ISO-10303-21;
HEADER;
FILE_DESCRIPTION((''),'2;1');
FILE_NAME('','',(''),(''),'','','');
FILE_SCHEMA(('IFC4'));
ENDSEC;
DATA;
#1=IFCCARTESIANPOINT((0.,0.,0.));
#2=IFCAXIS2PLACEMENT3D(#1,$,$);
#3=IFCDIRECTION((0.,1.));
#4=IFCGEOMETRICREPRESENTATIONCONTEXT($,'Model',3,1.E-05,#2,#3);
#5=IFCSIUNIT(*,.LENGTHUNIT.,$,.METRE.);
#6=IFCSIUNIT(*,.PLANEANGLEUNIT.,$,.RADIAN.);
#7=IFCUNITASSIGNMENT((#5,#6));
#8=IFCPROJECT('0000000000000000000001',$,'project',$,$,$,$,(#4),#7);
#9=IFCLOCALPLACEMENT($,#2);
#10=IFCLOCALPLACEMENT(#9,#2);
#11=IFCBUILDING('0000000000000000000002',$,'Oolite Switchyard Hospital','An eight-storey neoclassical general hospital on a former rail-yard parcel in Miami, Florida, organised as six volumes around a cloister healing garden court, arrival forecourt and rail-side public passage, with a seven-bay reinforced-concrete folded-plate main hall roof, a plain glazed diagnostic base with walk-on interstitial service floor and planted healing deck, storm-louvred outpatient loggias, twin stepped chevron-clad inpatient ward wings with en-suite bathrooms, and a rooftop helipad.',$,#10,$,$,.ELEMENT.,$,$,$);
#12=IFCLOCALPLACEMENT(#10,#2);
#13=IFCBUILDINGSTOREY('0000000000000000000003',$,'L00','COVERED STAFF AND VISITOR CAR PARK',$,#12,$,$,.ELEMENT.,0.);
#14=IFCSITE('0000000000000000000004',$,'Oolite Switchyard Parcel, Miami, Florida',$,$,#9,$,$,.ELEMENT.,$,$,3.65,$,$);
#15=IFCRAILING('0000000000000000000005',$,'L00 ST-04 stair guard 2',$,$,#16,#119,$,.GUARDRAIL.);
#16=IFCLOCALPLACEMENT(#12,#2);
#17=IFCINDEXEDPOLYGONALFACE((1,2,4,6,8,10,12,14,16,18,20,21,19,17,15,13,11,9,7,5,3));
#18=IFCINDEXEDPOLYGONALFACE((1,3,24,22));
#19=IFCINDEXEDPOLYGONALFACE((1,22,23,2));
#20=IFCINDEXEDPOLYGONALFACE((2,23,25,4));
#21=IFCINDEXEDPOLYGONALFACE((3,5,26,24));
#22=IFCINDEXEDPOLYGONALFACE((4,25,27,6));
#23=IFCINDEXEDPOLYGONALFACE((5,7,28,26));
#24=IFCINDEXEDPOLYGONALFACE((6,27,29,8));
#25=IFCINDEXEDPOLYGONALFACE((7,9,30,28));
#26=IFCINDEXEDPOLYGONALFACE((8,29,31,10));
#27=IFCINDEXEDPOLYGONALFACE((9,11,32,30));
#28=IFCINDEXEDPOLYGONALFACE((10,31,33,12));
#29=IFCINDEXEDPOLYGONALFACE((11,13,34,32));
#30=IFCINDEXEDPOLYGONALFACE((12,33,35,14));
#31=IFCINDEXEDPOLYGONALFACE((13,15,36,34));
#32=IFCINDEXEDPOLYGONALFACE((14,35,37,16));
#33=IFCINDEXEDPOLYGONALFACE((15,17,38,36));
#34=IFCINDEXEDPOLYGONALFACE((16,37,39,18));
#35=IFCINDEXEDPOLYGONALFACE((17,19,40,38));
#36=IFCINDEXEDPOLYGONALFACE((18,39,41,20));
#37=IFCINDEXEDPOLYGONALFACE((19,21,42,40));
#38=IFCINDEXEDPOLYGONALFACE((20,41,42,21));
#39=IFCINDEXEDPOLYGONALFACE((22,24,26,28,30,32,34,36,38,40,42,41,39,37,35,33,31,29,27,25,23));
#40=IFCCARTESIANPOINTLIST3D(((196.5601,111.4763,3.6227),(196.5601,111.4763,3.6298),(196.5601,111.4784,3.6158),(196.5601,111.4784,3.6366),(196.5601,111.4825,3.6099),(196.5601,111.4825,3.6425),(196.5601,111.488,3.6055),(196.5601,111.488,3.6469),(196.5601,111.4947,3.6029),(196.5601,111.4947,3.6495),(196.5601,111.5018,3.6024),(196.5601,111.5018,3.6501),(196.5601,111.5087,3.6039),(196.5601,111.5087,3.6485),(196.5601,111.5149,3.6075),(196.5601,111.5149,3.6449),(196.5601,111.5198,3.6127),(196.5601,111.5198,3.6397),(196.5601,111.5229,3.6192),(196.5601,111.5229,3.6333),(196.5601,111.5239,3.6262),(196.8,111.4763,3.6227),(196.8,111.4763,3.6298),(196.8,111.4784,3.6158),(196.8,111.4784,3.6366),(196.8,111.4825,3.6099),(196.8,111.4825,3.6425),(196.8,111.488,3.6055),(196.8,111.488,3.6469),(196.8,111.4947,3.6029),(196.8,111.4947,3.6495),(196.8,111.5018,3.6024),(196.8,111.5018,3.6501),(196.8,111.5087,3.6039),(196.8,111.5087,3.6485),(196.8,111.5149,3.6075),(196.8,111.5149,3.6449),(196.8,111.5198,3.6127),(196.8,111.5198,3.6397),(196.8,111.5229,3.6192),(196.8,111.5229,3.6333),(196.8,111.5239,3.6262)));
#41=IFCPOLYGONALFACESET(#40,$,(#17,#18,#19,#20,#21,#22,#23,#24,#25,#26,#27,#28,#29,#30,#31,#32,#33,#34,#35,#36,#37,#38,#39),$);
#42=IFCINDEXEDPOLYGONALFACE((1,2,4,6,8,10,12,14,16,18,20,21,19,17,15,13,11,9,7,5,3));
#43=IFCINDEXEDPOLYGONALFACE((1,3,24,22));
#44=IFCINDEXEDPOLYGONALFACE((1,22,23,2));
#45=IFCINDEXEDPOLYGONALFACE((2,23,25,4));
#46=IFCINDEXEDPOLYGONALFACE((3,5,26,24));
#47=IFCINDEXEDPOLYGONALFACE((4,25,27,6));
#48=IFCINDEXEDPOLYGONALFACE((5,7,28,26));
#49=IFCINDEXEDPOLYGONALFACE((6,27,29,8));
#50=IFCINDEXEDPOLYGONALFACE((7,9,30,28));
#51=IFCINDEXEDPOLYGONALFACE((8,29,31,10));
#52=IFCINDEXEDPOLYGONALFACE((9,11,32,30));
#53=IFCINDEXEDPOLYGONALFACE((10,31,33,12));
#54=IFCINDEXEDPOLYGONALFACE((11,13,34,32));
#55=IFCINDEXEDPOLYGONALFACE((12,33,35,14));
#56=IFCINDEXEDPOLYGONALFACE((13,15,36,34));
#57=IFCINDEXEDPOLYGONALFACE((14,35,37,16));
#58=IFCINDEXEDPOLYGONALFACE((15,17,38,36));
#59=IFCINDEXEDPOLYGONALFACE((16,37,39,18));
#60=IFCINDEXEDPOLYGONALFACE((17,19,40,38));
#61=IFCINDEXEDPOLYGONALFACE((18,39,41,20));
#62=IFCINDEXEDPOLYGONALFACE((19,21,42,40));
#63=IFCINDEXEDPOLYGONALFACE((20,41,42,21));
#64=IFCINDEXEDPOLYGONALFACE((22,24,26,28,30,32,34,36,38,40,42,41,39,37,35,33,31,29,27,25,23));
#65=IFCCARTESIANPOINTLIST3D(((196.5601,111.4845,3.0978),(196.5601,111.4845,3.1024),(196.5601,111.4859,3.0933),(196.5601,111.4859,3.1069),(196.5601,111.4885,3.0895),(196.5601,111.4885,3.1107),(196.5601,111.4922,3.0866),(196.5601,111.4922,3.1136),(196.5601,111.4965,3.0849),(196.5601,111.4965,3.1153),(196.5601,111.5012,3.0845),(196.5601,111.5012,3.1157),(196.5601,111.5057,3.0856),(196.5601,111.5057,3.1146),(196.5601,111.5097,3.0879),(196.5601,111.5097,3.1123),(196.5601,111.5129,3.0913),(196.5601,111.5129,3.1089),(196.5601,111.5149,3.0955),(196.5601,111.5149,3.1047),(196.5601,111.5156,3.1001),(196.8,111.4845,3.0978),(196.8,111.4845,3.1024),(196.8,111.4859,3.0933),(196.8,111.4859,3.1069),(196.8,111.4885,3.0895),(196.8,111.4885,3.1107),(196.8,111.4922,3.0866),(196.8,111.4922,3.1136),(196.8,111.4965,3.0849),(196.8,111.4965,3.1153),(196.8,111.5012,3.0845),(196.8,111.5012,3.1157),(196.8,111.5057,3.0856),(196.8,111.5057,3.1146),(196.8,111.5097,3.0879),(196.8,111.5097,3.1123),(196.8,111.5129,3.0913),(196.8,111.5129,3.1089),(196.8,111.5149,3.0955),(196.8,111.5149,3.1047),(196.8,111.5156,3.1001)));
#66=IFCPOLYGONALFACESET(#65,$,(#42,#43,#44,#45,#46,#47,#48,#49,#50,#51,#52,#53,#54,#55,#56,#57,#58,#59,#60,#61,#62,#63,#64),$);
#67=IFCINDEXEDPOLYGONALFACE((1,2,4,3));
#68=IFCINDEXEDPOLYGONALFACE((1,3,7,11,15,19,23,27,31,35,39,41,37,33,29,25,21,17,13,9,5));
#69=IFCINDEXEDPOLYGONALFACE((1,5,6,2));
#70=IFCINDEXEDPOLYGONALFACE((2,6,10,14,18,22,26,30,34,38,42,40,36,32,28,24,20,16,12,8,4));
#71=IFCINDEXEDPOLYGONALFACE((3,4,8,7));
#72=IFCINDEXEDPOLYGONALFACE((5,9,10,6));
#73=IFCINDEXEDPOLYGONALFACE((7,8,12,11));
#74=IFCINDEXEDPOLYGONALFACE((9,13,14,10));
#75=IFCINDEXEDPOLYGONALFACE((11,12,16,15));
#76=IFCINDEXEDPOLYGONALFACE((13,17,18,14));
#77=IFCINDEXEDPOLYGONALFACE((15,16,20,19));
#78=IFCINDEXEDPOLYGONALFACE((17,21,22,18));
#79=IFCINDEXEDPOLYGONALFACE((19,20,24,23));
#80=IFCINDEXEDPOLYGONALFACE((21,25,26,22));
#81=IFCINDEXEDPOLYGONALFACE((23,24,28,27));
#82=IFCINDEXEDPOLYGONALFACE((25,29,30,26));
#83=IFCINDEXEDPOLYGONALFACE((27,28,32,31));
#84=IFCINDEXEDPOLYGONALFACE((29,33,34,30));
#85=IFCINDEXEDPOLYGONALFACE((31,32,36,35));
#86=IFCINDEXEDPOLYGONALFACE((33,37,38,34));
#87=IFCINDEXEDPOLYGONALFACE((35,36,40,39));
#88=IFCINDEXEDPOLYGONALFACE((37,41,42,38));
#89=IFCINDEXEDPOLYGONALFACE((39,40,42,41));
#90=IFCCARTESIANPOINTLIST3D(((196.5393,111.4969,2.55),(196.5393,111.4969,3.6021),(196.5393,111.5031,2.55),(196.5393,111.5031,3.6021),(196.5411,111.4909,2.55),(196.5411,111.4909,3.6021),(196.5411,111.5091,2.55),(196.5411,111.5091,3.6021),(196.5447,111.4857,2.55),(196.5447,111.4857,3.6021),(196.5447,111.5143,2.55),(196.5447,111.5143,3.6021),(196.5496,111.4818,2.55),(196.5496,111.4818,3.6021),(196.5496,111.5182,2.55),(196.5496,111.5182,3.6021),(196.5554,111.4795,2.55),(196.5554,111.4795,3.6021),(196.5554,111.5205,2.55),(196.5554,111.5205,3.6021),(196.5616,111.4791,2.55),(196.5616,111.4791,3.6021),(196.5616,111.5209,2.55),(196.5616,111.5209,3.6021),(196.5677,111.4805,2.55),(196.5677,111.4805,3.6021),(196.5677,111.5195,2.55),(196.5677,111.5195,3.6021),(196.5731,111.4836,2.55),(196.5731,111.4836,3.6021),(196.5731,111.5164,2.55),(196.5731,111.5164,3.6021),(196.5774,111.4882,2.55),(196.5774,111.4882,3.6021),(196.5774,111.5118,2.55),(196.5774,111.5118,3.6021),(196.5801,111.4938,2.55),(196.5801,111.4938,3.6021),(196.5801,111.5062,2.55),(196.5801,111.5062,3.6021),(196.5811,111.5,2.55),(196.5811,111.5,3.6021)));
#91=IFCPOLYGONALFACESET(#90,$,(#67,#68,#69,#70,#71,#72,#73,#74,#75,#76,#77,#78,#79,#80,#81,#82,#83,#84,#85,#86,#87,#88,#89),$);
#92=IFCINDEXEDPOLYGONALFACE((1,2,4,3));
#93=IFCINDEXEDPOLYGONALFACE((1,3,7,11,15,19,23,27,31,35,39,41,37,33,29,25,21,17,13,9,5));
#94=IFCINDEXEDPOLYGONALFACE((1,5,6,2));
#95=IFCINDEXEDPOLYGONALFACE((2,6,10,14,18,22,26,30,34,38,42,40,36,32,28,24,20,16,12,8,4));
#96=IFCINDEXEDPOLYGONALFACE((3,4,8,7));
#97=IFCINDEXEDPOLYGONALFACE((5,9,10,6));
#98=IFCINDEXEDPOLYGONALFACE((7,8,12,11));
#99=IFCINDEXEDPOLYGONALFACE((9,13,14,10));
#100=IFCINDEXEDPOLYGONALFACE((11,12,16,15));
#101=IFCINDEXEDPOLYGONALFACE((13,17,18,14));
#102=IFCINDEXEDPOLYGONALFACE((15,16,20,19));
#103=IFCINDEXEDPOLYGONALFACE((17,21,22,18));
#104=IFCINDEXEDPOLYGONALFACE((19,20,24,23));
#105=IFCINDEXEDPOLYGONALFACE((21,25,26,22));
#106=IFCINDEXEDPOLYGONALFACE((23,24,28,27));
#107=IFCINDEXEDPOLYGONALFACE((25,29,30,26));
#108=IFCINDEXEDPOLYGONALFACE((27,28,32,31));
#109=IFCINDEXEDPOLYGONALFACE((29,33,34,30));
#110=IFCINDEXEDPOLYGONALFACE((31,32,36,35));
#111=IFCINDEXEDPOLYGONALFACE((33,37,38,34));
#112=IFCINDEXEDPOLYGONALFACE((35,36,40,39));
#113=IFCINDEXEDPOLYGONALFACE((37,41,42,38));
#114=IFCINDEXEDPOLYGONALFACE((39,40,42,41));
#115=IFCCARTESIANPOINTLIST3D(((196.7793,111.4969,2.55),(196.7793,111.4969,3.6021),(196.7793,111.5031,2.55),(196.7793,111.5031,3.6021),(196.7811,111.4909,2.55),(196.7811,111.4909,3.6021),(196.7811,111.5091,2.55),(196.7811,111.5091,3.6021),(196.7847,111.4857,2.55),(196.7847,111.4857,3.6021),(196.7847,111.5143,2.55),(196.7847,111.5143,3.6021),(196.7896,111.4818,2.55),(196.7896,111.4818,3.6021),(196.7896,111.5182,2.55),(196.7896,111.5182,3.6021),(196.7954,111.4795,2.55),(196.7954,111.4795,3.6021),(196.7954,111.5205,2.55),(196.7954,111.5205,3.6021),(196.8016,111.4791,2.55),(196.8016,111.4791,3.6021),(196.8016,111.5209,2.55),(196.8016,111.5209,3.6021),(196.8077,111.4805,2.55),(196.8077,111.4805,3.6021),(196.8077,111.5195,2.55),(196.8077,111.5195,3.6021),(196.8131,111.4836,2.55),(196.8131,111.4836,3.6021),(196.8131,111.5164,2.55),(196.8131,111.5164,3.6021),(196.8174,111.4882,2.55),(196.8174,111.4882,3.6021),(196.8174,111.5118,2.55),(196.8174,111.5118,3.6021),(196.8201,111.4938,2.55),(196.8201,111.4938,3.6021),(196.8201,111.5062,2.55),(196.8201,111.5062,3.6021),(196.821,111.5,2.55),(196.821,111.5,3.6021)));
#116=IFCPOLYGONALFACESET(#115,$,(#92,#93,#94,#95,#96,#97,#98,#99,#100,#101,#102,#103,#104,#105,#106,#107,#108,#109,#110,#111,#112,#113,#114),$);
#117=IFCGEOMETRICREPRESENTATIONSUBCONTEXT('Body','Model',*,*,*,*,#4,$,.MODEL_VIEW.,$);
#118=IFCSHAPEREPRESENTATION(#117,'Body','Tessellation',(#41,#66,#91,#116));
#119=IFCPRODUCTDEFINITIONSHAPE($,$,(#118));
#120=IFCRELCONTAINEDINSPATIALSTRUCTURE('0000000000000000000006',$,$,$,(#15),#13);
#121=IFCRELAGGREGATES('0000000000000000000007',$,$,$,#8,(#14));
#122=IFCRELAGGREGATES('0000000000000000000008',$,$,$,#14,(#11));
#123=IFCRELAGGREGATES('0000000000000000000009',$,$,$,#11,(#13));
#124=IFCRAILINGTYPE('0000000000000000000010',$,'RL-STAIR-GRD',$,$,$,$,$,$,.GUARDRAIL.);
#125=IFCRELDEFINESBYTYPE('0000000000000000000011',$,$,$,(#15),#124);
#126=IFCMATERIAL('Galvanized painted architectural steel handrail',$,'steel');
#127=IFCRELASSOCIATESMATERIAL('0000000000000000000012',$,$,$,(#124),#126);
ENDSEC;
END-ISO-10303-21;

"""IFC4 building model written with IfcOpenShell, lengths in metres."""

from ifc_helpers import new_model, si_unit, direction, frame, origin, origin_2d, place, context, subcontext, project, spatial, circle, extrude, material, type_object, element, save


model = new_model("IFC4")

# Units and contexts
model_context = context("Model", 3, precision=1e-05, world=origin(), true_north=direction((0.0, 1.0)))
body_context = subcontext(model_context, "Body", "Model", "MODEL_VIEW")
ifc_project = project(units=[si_unit("LENGTHUNIT", "METRE"), si_unit("PLANEANGLEUNIT", "RADIAN")], contexts=[model_context])

# Site, building, storey
site_placement = place(None, origin())
site = spatial("IfcSite", under=ifc_project, at=site_placement, Name="Oolite Switchyard Parcel, Miami, Florida", CompositionType="ELEMENT", RefElevation=3.65)
building_placement = place(site_placement, origin())
building = spatial("IfcBuilding", under=site, at=building_placement, Name="Oolite Switchyard Hospital", Description="An eight-storey neoclassical general hospital on a former rail-yard parcel in Miami, Florida, organised as six volumes around a cloister healing garden court, arrival forecourt and rail-side public passage, with a seven-bay reinforced-concrete folded-plate main hall roof, a plain glazed diagnostic base with walk-on interstitial service floor and planted healing deck, storm-louvred outpatient loggias, twin stepped chevron-clad inpatient ward wings with en-suite bathrooms, and a rooftop helipad.", CompositionType="ELEMENT")
storey_placement = place(building_placement, origin())
storey = spatial("IfcBuildingStorey", under=building, at=storey_placement, Name="L00", Description="COVERED STAFF AND VISITOR CAR PARK", CompositionType="ELEMENT", Elevation=0.0)

# Railing
ifc_material_1 = material(Name="Galvanized painted architectural steel handrail", Category="steel")
railing_type_1 = type_object("IfcRailingType", Name="RL-STAIR-GRD", PredefinedType="GUARDRAIL", material=ifc_material_1)
railing_1_placement = place(storey_placement, frame((196.5601, 111.5, 2.55)))
element("IfcRailing", 1, at=railing_1_placement, inside=storey, type_object=railing_type_1, Name="L00 ST-04 stair guard 2", PredefinedType="GUARDRAIL", context=body_context, shape_type="SweptSolid", body=[
    extrude(circle(Radius=0.0239, at=origin_2d()), frame((0.0, 0.0, 1.0762), z_axis=(1.0, 0.0, 0.0), x_axis=(0.0, 1.0, 0.0)), (0.0, 0.0, 1.0), 0.24),
    extrude(circle(Radius=0.0156, at=origin_2d()), frame((0.0, 0.0, 0.55), z_axis=(1.0, 0.0, 0.0), x_axis=(0.0, 1.0, 0.0)), (0.0, 0.0, 1.0), 0.24),
    extrude(circle(Radius=0.021, at=origin_2d()), origin(), (0.0, 0.0, 1.0), 1.052),
    extrude(circle(Radius=0.021, at=origin_2d()), frame((0.24, 0.0, 0.0)), (0.0, 0.0, 1.0), 1.052),
])

save(model, "model.ifc")
